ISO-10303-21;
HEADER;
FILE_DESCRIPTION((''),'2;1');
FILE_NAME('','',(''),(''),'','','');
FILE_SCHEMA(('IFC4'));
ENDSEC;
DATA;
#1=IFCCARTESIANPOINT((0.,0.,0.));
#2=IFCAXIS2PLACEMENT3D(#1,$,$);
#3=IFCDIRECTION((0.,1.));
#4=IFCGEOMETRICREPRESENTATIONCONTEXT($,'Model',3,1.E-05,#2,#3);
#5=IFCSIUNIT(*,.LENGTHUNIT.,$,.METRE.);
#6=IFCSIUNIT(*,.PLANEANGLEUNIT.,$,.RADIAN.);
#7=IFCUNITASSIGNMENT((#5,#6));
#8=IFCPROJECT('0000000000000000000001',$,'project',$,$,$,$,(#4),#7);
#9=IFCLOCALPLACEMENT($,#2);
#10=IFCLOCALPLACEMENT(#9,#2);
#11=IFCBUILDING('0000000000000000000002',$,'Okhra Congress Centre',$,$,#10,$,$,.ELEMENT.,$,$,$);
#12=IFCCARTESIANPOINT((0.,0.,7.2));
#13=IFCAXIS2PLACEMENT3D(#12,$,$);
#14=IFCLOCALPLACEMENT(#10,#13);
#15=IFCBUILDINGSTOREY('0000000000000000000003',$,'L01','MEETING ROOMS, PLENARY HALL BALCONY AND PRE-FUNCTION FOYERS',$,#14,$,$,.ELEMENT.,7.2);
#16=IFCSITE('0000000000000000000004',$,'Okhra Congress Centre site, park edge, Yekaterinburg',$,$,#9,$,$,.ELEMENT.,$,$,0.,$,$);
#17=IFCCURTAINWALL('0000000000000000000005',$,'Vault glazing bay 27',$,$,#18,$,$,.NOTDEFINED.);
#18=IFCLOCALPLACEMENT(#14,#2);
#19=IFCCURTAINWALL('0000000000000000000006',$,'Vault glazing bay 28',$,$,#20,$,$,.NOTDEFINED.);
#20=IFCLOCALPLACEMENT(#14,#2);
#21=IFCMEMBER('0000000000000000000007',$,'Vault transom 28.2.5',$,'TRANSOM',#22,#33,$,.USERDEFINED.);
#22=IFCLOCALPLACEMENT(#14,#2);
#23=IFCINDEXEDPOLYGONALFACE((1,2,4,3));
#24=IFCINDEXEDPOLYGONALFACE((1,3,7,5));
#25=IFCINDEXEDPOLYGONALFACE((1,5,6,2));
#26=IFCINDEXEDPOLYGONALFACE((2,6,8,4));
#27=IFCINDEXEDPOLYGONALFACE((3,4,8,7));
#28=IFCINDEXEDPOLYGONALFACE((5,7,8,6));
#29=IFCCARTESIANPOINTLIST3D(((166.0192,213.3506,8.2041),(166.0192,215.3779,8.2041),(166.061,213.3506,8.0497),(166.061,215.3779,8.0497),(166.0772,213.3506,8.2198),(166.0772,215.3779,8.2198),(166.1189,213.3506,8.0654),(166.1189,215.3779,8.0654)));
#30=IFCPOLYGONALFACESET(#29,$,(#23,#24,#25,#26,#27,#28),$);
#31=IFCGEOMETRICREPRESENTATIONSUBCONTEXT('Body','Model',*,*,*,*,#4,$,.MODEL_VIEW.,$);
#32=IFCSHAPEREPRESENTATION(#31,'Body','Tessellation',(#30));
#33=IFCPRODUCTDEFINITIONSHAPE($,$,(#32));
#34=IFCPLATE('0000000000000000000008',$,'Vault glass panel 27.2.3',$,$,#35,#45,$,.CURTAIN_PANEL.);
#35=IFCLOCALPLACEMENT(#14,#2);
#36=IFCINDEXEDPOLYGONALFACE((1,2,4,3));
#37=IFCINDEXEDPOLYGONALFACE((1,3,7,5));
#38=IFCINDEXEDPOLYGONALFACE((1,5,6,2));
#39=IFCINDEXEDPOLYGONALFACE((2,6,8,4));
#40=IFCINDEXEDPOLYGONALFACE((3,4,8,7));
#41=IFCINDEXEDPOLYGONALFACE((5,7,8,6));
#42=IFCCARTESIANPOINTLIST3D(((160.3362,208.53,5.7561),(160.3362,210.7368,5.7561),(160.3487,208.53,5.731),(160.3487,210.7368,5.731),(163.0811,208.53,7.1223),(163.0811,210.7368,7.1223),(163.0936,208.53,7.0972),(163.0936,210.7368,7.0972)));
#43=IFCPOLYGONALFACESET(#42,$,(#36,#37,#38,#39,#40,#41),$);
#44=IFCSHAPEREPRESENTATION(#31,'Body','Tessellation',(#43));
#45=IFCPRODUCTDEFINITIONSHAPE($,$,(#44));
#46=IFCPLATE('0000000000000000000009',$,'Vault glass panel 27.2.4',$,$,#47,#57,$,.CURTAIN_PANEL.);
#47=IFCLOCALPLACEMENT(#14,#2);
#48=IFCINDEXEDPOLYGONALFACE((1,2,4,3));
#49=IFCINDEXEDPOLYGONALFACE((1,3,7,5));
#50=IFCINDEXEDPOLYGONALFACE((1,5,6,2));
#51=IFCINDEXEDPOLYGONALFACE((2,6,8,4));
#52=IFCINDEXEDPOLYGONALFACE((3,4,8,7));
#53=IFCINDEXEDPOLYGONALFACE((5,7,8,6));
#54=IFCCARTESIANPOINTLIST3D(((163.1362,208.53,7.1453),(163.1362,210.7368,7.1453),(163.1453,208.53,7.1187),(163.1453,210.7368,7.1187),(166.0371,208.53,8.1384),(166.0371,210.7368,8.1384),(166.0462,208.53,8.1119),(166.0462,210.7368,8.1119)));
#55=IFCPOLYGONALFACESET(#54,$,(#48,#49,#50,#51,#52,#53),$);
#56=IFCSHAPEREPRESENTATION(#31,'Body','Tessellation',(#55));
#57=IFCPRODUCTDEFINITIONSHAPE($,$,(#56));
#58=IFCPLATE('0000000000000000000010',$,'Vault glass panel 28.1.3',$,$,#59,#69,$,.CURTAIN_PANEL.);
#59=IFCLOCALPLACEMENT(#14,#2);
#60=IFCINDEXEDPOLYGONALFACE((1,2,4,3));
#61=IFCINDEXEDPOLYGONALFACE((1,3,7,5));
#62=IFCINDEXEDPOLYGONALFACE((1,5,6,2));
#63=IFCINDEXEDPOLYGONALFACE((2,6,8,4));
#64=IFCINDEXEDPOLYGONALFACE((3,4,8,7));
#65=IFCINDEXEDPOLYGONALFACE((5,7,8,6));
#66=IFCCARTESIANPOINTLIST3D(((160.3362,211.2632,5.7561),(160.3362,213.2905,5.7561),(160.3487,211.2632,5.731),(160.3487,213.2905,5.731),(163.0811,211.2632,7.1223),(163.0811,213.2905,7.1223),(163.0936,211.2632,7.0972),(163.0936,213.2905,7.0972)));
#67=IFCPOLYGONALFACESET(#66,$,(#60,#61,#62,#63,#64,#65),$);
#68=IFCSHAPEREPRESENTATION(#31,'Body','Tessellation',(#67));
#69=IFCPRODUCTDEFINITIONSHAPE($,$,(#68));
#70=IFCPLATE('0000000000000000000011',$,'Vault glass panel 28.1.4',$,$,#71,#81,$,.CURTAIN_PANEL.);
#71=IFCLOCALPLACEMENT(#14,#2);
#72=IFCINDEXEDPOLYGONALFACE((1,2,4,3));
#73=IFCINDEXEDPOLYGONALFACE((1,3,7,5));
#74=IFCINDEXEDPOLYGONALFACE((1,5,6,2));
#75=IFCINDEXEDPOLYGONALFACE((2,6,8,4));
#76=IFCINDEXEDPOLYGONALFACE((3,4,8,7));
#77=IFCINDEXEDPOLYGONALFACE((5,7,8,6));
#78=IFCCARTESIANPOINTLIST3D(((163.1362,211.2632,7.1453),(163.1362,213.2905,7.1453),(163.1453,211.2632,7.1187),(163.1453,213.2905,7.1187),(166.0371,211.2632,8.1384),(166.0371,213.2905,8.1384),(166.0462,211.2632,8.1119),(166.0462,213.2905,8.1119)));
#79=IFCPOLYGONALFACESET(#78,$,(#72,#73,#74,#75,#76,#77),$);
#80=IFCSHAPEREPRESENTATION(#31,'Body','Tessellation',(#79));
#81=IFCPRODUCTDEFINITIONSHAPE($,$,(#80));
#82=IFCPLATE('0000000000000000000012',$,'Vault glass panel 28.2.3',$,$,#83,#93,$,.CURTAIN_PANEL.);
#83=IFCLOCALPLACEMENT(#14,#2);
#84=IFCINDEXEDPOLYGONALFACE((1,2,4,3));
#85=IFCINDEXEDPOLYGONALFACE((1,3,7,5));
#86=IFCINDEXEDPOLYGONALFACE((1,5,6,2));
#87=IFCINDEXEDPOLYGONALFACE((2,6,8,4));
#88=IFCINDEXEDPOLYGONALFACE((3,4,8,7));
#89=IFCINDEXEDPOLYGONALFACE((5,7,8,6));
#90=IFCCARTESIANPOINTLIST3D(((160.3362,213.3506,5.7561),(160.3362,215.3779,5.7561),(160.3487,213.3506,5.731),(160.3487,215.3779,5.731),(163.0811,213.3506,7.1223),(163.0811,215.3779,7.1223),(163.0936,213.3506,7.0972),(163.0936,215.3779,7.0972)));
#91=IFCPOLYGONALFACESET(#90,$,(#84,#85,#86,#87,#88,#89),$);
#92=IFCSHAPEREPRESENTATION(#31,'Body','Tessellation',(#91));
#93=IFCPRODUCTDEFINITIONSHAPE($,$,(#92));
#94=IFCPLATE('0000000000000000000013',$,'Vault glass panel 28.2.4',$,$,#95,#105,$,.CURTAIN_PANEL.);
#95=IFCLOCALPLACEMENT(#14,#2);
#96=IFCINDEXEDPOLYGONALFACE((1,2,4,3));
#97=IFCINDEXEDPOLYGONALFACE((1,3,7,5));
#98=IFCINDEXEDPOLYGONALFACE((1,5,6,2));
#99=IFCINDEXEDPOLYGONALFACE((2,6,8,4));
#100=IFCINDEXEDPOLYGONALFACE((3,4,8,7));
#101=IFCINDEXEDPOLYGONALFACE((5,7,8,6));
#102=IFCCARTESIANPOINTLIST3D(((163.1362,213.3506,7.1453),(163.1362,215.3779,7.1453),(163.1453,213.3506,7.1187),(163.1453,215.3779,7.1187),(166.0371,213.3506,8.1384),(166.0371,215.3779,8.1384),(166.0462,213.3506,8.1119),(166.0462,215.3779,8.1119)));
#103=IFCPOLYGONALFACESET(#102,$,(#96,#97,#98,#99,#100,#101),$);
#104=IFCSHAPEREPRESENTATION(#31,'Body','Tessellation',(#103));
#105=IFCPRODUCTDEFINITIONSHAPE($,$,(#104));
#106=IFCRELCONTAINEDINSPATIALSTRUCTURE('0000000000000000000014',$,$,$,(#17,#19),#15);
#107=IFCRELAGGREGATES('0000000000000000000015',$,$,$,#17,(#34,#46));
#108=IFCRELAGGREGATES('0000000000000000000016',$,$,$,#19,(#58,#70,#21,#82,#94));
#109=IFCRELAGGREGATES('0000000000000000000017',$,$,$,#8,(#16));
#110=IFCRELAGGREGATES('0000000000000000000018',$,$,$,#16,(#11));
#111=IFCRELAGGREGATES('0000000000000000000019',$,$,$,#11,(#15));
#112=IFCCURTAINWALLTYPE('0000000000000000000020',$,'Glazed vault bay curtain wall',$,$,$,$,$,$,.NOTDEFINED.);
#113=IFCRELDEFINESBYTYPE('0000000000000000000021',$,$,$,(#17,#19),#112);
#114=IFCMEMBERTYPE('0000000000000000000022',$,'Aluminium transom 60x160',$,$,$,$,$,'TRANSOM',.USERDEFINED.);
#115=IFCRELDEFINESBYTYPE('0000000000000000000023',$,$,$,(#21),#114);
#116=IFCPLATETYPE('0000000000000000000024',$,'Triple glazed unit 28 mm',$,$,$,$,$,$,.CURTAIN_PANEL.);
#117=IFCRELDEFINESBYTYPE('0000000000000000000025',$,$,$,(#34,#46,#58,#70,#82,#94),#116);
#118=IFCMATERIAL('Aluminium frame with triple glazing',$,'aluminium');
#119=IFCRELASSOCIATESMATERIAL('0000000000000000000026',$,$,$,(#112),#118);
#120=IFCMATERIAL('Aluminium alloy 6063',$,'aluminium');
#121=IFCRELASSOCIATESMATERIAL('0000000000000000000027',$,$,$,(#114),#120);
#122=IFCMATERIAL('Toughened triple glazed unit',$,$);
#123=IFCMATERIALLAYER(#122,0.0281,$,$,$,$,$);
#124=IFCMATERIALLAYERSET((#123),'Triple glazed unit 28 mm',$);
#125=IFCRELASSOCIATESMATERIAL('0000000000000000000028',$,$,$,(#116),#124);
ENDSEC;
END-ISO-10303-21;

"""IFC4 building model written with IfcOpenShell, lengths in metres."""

from ifc_helpers import new_model, si_unit, direction, frame, origin, origin_2d, place, context, subcontext, project, spatial, polyline, rectangle, outline, extrude, material, layer, layer_set, material_profile, profile_set, type_object, element, aggregate, save


model = new_model("IFC4")

# Units and contexts
model_context = context("Model", 3, precision=1e-05, world=origin(), true_north=direction((0.0, 1.0)))
body_context = subcontext(model_context, "Body", "Model", "MODEL_VIEW")
ifc_project = project(units=[si_unit("LENGTHUNIT", "METRE"), si_unit("PLANEANGLEUNIT", "RADIAN")], contexts=[model_context])

# Site, building, storey
site_placement = place(None, origin())
site = spatial("IfcSite", under=ifc_project, at=site_placement, Name="Okhra Congress Centre site, park edge, Yekaterinburg", CompositionType="ELEMENT", RefElevation=0.0)
building_placement = place(site_placement, origin())
building = spatial("IfcBuilding", under=site, at=building_placement, Name="Okhra Congress Centre", CompositionType="ELEMENT")
storey_placement = place(building_placement, frame((0.0, 0.0, 7.2)))
storey = spatial("IfcBuildingStorey", under=building, at=storey_placement, Name="L01", Description="MEETING ROOMS, PLENARY HALL BALCONY AND PRE-FUNCTION FOYERS", CompositionType="ELEMENT", Elevation=7.2)

# Curtain walls
ifc_material_1 = material(Name="Aluminium frame with triple glazing", Category="aluminium")
curtain_wall_type = type_object("IfcCurtainWallType", Name="Glazed vault bay curtain wall", PredefinedType="NOTDEFINED", material=ifc_material_1)
curtain_wall_1_placement = place(storey_placement, origin())
curtain_wall_1 = element("IfcCurtainWall", 1, at=curtain_wall_1_placement, inside=storey, type_object=curtain_wall_type, Name="Vault glazing bay 27", PredefinedType="NOTDEFINED")
ifc_material_2 = material(Name="Aluminium alloy 6063", Category="aluminium")
curtain_wall_2_placement = place(storey_placement, origin())
curtain_wall_2 = element("IfcCurtainWall", 2, at=curtain_wall_2_placement, inside=storey, type_object=curtain_wall_type, Name="Vault glazing bay 28", PredefinedType="NOTDEFINED")

# Member
ifc_material_profile_1 = material_profile(ifc_material_2, rectangle(XDim=0.0601, YDim=0.1599, at=origin_2d()), Name="AL 60x160 transom")
ifc_profile_set_1 = profile_set([ifc_material_profile_1], Name="Aluminium alloy 6063")
member_type_1 = type_object("IfcMemberType", Name="Aluminium transom 60x160", ElementType="TRANSOM", PredefinedType="USERDEFINED", material=ifc_profile_set_1)
member_1_placement = place(storey_placement, frame((166.0691, 213.3506, 8.1348), z_axis=(0.0, 1.0, 0.0), x_axis=(-0.96538, 0.0, -0.260848)))
member_1 = element("IfcMember", 3, at=member_1_placement, type_object=member_type_1, Name="Vault transom 28.2.5", ObjectType="TRANSOM", PredefinedType="USERDEFINED", context=body_context, shape_type="SweptSolid", body=[
    extrude(rectangle(XDim=0.0601, YDim=0.1599, at=origin_2d()), origin(), (0.0, 0.0, 1.0), 2.0273),
])

# Plates
ifc_material_3 = material(Name="Toughened triple glazed unit")
ifc_layer = layer(ifc_material_3, 0.0281)
ifc_layer_set = layer_set([ifc_layer], Name="Triple glazed unit 28 mm")
plate_type = type_object("IfcPlateType", Name="Triple glazed unit 28 mm", PredefinedType="CURTAIN_PANEL", material=ifc_layer_set)
plate_1_placement = place(storey_placement, frame((160.3362, 208.53, 5.7561), z_axis=(-0.445588, 0.0, 0.895238), x_axis=(0.895238, 0.0, 0.445588)))
plate_1 = element("IfcPlate", 4, at=plate_1_placement, type_object=plate_type, Name="Vault glass panel 27.2.3", PredefinedType="CURTAIN_PANEL", context=body_context, shape_type="SweptSolid", body=[
    extrude(outline(polyline([(0.0, 0.0), (3.0661, 0.0), (3.0661, 2.2068), (0.0, 2.2068), (0.0, 0.0)])), origin(), (0.0, 0.0, -1.0), 0.0281),
])
plate_2_placement = place(storey_placement, frame((163.1362, 208.53, 7.1453), z_axis=(-0.323909, 0.0, 0.946088), x_axis=(0.946088, 0.0, 0.323909)))
plate_2 = element("IfcPlate", 5, at=plate_2_placement, type_object=plate_type, Name="Vault glass panel 27.2.4", PredefinedType="CURTAIN_PANEL", context=body_context, shape_type="SweptSolid", body=[
    extrude(outline(polyline([(0.0, 0.0), (3.0662, 0.0), (3.0662, 2.2068), (0.0, 2.2068), (0.0, 0.0)])), origin(), (0.0, 0.0, -1.0), 0.0281),
])
aggregate(curtain_wall_1, [plate_1, plate_2])
plate_3_placement = place(storey_placement, frame((160.3362, 211.2632, 5.7561), z_axis=(-0.445588, 0.0, 0.895238), x_axis=(0.895238, 0.0, 0.445588)))
plate_3 = element("IfcPlate", 6, at=plate_3_placement, type_object=plate_type, Name="Vault glass panel 28.1.3", PredefinedType="CURTAIN_PANEL", context=body_context, shape_type="SweptSolid", body=[
    extrude(outline(polyline([(0.0, 0.0), (3.0661, 0.0), (3.0661, 2.0273), (0.0, 2.0273), (0.0, 0.0)])), origin(), (0.0, 0.0, -1.0), 0.0281),
])
plate_4_placement = place(storey_placement, frame((163.1362, 211.2632, 7.1453), z_axis=(-0.323909, 0.0, 0.946088), x_axis=(0.946088, 0.0, 0.323909)))
plate_4 = element("IfcPlate", 7, at=plate_4_placement, type_object=plate_type, Name="Vault glass panel 28.1.4", PredefinedType="CURTAIN_PANEL", context=body_context, shape_type="SweptSolid", body=[
    extrude(outline(polyline([(0.0, 0.0), (3.0662, 0.0), (3.0662, 2.0273), (0.0, 2.0273), (0.0, 0.0)])), origin(), (0.0, 0.0, -1.0), 0.0281),
])
plate_5_placement = place(storey_placement, frame((160.3362, 213.3506, 5.7561), z_axis=(-0.445588, 0.0, 0.895238), x_axis=(0.895238, 0.0, 0.445588)))
plate_5 = element("IfcPlate", 8, at=plate_5_placement, type_object=plate_type, Name="Vault glass panel 28.2.3", PredefinedType="CURTAIN_PANEL", context=body_context, shape_type="SweptSolid", body=[
    extrude(outline(polyline([(0.0, 0.0), (3.0661, 0.0), (3.0661, 2.0273), (0.0, 2.0273), (0.0, 0.0)])), origin(), (0.0, 0.0, -1.0), 0.0281),
])
plate_6_placement = place(storey_placement, frame((163.1362, 213.3506, 7.1453), z_axis=(-0.323909, 0.0, 0.946088), x_axis=(0.946088, 0.0, 0.323909)))
plate_6 = element("IfcPlate", 9, at=plate_6_placement, type_object=plate_type, Name="Vault glass panel 28.2.4", PredefinedType="CURTAIN_PANEL", context=body_context, shape_type="SweptSolid", body=[
    extrude(outline(polyline([(0.0, 0.0), (3.0662, 0.0), (3.0662, 2.0273), (0.0, 2.0273), (0.0, 0.0)])), origin(), (0.0, 0.0, -1.0), 0.0281),
])
aggregate(curtain_wall_2, [plate_3, plate_4, member_1, plate_5, plate_6])

save(model, "model.ifc")
